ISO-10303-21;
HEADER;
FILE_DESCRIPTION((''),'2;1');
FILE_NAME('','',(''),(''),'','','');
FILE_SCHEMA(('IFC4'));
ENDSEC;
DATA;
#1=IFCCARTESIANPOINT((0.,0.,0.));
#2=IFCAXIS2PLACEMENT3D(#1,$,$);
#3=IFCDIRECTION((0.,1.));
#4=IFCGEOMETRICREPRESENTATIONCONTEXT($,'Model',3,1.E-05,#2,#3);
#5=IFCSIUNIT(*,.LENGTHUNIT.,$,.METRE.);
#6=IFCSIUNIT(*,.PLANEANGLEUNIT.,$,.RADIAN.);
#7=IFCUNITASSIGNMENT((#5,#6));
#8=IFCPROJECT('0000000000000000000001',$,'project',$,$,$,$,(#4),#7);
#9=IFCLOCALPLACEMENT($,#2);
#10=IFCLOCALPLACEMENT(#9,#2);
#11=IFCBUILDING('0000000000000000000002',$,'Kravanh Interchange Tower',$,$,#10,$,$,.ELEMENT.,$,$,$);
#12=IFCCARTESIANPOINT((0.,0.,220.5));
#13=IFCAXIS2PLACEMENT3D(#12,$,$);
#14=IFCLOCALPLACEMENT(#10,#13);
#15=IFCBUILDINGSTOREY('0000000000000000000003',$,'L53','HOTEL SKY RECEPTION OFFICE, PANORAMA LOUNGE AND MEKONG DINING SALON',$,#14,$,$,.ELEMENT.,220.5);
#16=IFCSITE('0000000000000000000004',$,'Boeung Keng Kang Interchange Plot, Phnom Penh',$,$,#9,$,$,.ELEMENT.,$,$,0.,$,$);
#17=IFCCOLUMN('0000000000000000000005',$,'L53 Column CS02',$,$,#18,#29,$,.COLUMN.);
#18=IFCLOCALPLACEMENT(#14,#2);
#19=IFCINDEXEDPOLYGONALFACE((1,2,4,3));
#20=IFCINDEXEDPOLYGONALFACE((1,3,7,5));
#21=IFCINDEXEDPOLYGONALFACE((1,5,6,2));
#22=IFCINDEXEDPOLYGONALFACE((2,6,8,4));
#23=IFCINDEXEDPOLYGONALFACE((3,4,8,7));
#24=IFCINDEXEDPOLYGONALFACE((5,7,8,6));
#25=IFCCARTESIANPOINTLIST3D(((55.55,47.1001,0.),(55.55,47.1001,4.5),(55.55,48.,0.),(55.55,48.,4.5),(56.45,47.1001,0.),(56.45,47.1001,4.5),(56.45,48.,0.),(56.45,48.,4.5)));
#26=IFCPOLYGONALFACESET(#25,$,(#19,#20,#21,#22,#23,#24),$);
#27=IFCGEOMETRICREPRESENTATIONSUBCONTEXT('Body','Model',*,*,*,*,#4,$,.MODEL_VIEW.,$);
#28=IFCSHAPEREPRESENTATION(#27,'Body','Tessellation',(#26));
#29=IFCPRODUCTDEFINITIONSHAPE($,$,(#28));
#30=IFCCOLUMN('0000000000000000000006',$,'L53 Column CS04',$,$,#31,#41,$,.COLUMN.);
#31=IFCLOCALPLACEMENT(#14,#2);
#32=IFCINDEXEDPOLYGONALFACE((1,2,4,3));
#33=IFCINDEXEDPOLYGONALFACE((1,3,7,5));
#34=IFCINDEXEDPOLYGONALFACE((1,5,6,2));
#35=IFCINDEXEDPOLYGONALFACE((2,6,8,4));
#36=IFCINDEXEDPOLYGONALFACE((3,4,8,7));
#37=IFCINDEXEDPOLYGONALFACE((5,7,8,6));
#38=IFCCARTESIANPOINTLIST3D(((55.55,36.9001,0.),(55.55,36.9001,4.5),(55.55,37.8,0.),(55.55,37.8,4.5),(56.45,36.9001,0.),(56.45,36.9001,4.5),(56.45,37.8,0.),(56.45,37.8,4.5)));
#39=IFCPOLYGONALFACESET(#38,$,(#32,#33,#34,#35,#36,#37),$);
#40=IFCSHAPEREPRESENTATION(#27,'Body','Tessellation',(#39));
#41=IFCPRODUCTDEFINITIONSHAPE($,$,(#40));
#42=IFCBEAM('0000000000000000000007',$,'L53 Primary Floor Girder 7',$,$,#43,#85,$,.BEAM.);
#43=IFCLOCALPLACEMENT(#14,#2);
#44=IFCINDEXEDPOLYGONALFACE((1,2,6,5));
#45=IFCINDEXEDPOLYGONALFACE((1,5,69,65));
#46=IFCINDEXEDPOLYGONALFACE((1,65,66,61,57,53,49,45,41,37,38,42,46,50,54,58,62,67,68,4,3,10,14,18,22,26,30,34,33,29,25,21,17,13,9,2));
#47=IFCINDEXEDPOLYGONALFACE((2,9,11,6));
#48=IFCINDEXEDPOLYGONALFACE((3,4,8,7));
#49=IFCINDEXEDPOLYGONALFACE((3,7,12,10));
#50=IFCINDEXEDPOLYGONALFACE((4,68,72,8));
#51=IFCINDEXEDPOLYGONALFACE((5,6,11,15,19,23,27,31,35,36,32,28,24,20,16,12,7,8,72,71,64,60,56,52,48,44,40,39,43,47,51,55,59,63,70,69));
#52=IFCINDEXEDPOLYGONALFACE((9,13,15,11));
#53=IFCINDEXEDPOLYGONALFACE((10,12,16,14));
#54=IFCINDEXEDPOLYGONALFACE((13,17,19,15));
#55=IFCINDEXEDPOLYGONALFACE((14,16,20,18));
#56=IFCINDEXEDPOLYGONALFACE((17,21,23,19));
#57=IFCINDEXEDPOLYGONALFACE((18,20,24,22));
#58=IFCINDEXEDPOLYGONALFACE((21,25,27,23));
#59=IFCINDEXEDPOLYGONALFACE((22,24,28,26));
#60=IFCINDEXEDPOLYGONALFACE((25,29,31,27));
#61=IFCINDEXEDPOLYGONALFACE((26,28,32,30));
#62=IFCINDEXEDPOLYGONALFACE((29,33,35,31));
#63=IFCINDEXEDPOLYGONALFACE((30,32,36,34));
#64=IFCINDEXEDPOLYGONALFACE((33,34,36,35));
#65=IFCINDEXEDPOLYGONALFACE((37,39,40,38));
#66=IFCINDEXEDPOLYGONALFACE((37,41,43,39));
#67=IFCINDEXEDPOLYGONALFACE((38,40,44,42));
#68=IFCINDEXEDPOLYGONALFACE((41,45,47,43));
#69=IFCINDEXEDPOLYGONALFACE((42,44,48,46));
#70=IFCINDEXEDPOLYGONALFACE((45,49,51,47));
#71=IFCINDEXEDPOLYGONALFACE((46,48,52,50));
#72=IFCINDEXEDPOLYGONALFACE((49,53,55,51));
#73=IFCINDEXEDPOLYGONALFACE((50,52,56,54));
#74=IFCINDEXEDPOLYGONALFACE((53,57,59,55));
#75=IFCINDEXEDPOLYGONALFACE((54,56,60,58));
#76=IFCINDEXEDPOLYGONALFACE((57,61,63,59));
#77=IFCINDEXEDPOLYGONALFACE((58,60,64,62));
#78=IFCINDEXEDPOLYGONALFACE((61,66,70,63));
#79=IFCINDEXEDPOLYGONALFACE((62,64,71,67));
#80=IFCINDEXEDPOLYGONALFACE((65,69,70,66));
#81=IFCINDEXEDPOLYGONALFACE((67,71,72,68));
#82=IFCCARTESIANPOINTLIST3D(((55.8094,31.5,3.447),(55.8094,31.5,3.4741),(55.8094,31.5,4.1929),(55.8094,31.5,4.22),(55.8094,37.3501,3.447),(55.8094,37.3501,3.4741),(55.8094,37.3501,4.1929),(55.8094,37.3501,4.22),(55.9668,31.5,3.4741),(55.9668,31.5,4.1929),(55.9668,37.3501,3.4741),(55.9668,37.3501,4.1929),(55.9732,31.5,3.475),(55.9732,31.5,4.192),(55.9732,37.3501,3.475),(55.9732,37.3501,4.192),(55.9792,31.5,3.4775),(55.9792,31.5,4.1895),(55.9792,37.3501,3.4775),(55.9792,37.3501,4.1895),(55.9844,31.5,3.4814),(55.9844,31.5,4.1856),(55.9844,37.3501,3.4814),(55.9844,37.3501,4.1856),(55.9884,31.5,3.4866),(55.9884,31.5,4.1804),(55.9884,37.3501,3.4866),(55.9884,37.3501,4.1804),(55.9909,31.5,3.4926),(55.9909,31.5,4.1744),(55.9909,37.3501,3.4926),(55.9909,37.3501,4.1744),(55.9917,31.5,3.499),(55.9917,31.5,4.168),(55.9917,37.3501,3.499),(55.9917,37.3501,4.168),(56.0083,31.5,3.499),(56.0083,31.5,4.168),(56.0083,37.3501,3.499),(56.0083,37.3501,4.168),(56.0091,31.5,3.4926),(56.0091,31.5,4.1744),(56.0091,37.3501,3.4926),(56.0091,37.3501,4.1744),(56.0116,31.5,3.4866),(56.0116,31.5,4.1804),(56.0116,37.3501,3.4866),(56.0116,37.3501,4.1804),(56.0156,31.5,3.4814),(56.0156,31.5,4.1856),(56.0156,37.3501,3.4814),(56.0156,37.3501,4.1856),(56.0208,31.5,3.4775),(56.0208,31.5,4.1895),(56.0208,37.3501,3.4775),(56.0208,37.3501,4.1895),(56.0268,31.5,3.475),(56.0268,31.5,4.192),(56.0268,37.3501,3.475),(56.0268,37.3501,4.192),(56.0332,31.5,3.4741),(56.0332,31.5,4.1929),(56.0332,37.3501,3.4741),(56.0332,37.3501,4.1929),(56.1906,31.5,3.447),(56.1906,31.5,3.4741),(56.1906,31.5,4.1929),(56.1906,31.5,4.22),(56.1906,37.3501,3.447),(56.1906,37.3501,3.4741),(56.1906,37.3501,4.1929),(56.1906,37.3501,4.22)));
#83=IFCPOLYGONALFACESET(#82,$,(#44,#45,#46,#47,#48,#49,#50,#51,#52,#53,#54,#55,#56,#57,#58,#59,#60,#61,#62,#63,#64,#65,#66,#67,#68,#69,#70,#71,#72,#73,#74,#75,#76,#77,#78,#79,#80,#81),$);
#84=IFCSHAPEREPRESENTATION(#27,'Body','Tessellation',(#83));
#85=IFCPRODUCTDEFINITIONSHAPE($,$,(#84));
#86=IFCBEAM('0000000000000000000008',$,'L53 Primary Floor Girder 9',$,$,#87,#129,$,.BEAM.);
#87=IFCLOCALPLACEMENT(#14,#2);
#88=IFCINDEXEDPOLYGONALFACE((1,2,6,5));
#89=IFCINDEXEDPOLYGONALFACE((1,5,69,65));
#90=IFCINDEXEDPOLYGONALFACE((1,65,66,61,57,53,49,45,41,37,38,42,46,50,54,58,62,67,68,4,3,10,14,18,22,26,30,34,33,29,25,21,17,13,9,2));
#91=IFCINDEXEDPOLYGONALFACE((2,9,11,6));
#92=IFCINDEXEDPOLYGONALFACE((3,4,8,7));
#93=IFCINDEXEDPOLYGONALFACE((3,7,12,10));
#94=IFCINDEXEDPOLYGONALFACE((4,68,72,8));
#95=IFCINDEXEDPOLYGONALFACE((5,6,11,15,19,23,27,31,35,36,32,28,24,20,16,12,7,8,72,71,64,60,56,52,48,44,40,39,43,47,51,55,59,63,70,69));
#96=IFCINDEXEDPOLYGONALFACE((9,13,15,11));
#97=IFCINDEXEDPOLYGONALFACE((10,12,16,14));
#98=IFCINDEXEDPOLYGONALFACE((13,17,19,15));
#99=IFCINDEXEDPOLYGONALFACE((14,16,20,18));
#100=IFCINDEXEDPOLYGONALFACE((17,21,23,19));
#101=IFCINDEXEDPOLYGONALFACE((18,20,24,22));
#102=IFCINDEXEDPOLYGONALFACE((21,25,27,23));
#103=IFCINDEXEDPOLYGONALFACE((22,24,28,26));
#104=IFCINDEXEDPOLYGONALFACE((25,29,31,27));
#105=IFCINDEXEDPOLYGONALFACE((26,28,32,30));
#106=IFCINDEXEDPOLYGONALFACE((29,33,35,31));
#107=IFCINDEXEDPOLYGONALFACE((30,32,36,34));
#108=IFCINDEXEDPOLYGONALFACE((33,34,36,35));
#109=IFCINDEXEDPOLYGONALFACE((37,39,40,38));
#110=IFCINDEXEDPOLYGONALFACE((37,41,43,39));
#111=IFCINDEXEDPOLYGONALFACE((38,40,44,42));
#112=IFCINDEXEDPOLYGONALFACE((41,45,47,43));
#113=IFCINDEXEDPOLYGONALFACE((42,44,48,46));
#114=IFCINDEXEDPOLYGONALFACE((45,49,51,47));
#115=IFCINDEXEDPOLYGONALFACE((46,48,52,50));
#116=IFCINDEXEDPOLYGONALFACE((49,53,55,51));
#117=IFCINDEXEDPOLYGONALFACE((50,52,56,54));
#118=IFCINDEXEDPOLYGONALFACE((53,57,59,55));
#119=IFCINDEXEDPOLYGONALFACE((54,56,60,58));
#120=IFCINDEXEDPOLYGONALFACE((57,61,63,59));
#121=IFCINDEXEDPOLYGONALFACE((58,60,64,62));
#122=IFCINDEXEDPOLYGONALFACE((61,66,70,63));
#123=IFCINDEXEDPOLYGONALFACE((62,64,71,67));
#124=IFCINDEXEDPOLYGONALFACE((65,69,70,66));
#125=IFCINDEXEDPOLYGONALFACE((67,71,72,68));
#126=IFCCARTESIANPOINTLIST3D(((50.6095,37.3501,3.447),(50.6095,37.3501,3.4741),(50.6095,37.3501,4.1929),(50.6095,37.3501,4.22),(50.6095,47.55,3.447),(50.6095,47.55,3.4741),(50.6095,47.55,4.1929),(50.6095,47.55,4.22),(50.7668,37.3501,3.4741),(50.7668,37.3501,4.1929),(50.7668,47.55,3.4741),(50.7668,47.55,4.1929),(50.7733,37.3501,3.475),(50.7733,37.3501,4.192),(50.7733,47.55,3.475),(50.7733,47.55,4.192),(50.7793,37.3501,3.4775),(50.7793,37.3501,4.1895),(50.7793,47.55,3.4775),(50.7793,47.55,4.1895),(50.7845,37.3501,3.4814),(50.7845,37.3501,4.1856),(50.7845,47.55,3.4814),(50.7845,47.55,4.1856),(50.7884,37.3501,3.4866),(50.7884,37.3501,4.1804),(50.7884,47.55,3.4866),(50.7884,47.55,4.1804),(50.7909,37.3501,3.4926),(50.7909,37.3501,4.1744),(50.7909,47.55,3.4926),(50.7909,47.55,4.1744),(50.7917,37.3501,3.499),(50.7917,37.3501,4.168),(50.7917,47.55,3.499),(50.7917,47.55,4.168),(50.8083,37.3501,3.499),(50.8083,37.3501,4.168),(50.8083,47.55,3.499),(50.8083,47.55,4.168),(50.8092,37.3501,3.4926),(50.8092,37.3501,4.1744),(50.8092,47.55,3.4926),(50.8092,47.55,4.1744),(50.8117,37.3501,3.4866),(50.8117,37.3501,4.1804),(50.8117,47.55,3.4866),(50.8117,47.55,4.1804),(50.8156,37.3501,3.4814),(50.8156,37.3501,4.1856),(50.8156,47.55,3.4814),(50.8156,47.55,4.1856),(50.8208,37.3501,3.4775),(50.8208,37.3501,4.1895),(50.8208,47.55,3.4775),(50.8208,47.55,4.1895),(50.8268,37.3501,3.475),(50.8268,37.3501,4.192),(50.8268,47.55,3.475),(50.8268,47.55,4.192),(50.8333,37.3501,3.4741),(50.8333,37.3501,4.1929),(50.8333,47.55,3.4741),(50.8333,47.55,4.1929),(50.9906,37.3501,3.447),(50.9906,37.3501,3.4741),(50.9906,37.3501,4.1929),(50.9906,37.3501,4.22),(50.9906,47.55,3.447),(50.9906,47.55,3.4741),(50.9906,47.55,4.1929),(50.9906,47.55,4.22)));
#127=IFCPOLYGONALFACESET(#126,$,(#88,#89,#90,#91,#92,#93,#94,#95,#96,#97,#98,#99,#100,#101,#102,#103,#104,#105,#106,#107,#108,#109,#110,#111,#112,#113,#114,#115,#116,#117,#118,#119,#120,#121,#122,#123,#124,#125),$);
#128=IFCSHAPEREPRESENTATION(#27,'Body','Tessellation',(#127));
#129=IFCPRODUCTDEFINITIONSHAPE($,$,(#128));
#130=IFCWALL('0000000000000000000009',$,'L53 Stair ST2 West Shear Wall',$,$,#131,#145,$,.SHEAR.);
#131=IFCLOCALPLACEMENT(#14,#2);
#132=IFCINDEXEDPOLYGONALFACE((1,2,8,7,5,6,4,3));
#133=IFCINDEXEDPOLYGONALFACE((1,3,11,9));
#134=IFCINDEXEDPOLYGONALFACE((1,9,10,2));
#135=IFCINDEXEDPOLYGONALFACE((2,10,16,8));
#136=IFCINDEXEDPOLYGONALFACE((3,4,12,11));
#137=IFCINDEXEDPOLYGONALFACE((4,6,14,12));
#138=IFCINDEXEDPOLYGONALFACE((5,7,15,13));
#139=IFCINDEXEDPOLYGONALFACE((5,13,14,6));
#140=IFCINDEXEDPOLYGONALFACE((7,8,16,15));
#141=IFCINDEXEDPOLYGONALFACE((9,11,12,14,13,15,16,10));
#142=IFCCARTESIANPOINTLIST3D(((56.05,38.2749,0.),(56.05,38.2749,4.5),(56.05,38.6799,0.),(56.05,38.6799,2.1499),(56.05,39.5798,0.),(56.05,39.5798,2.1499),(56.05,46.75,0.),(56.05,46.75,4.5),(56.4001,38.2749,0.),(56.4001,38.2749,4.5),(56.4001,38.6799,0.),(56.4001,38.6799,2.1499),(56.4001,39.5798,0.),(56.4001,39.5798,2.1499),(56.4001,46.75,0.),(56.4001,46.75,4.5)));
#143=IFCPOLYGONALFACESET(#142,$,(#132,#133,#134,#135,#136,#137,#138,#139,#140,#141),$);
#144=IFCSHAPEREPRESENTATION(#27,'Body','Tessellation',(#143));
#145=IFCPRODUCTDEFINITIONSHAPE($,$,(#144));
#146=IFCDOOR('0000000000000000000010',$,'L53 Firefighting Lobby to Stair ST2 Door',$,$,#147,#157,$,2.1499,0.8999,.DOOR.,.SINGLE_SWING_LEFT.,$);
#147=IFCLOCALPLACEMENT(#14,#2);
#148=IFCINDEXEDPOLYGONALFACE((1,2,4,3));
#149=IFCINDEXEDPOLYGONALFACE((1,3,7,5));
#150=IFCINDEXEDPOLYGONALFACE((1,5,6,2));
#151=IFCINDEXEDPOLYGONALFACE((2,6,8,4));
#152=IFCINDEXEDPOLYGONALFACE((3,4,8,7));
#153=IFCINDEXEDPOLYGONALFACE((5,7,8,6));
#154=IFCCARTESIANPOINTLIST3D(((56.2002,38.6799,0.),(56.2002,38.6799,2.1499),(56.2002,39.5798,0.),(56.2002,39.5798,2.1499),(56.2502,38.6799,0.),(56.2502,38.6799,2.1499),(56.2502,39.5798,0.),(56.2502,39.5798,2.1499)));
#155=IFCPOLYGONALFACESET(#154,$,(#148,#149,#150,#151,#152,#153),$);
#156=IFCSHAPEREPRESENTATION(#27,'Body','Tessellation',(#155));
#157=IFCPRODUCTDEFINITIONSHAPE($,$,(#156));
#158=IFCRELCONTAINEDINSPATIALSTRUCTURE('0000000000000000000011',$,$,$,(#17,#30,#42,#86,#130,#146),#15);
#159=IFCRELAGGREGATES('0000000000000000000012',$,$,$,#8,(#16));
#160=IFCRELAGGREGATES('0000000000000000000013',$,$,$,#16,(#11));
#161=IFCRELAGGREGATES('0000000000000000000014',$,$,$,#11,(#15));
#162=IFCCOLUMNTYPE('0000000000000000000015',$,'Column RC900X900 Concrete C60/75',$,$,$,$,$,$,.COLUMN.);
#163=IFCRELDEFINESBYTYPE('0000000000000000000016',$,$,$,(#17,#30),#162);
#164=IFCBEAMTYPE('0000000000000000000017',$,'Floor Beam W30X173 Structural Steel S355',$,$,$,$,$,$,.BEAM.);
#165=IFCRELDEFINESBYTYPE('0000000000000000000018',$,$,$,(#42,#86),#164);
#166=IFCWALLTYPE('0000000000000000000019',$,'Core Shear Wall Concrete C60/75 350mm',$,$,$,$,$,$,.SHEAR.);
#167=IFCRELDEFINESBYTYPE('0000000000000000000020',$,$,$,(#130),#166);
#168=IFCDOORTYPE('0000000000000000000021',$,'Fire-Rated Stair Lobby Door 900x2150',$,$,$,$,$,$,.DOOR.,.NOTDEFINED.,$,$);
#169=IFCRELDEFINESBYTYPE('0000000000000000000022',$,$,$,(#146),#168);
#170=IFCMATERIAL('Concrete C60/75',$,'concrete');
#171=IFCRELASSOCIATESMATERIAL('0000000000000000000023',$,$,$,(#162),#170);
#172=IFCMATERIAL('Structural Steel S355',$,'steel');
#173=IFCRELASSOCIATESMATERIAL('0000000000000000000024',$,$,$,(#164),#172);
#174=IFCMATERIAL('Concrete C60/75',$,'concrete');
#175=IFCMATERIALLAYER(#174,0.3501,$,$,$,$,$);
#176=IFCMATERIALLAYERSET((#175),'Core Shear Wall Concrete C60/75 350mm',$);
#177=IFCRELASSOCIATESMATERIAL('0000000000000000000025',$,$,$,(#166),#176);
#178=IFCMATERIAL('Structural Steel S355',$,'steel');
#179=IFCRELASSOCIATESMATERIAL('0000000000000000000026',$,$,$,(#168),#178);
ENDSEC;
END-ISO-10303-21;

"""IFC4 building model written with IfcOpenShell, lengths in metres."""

from ifc_helpers import new_model, si_unit, direction, frame, frame_2d, origin, origin_2d, place, context, subcontext, project, spatial, rectangle, i_section, extrude, material, layer, layer_set, material_profile, profile_set, type_object, element, fill, save


model = new_model("IFC4")

# Units and contexts
model_context = context("Model", 3, precision=1e-05, world=origin(), true_north=direction((0.0, 1.0)))
body_context = subcontext(model_context, "Body", "Model", "MODEL_VIEW")
ifc_project = project(units=[si_unit("LENGTHUNIT", "METRE"), si_unit("PLANEANGLEUNIT", "RADIAN")], contexts=[model_context])

# Site, building, storey
site_placement = place(None, origin())
site = spatial("IfcSite", under=ifc_project, at=site_placement, Name="Boeung Keng Kang Interchange Plot, Phnom Penh", CompositionType="ELEMENT", RefElevation=0.0)
building_placement = place(site_placement, origin())
building = spatial("IfcBuilding", under=site, at=building_placement, Name="Kravanh Interchange Tower", CompositionType="ELEMENT")
storey_placement = place(building_placement, frame((0.0, 0.0, 220.5)))
storey = spatial("IfcBuildingStorey", under=building, at=storey_placement, Name="L53", Description="HOTEL SKY RECEPTION OFFICE, PANORAMA LOUNGE AND MEKONG DINING SALON", CompositionType="ELEMENT", Elevation=220.5)

# Columns
ifc_material_1 = material(Name="Concrete C60/75", Category="concrete")
ifc_material_profile_1 = material_profile(ifc_material_1, rectangle(XDim=0.8999, YDim=0.8999, at=origin_2d()), Name="RC900X900")
ifc_profile_set_1 = profile_set([ifc_material_profile_1], Name="Concrete C60/75")
column_type = type_object("IfcColumnType", Name="Column RC900X900 Concrete C60/75", PredefinedType="COLUMN", material=ifc_profile_set_1)
for number, where, z_axis, x_axis, name in (
    (1, (56.0, 47.55, 0.0), (0.0, 0.0, 1.0), (1.0, 0.0, 0.0), "L53 Column CS02"),
    (2, (56.0, 37.3501, 0.0), (0.0, 0.0, 1.0), (1.0, 0.0, 0.0), "L53 Column CS04"),
):
    element("IfcColumn", number, at=place(storey_placement, frame(where, z_axis=z_axis, x_axis=x_axis)), inside=storey, type_object=column_type, Name=name, PredefinedType="COLUMN", context=body_context, shape_type="SweptSolid", body=[
        extrude(rectangle(XDim=0.8999, YDim=0.8999, at=origin_2d()), origin(), (0.0, 0.0, 1.0), 4.5),
    ])

# Beams
ifc_material_2 = material(Name="Structural Steel S355", Category="steel")
ifc_material_profile_2 = material_profile(ifc_material_2, i_section(OverallWidth=0.3811, OverallDepth=0.7729, WebThickness=0.0166, FlangeThickness=0.0271, FilletRadius=0.0249, at=origin_2d()), Name="W30X173")
ifc_profile_set_2 = profile_set([ifc_material_profile_2], Name="Structural Steel S355")
beam_type = type_object("IfcBeamType", Name="Floor Beam W30X173 Structural Steel S355", PredefinedType="BEAM", material=ifc_profile_set_2)
beam_1_placement = place(storey_placement, frame((56.0, 37.3501, 3.8335), z_axis=(0.0, -1.0, 0.0), x_axis=(1.0, 0.0, 0.0)))
element("IfcBeam", 3, at=beam_1_placement, inside=storey, type_object=beam_type, Name="L53 Primary Floor Girder 7", PredefinedType="BEAM", context=body_context, shape_type="SweptSolid", body=[
    extrude(i_section(OverallWidth=0.3811, OverallDepth=0.7729, WebThickness=0.0166, FlangeThickness=0.0271, FilletRadius=0.0249, at=origin_2d()), origin(), (0.0, 0.0, 1.0), 5.8501),
])
beam_2_placement = place(storey_placement, frame((50.8, 47.55, 3.8335), z_axis=(0.0, -1.0, 0.0), x_axis=(1.0, 0.0, 0.0)))
element("IfcBeam", 4, at=beam_2_placement, inside=storey, type_object=beam_type, Name="L53 Primary Floor Girder 9", PredefinedType="BEAM", context=body_context, shape_type="SweptSolid", body=[
    extrude(i_section(OverallWidth=0.3811, OverallDepth=0.7729, WebThickness=0.0166, FlangeThickness=0.0271, FilletRadius=0.0249, at=origin_2d()), origin(), (0.0, 0.0, 1.0), 10.2),
])

# Wall, opening, door
ifc_material_3 = material(Name="Concrete C60/75", Category="concrete")
ifc_layer_1 = layer(ifc_material_3, 0.3501)
ifc_layer_set_1 = layer_set([ifc_layer_1], Name="Core Shear Wall Concrete C60/75 350mm")
wall_type_1 = type_object("IfcWallType", Name="Core Shear Wall Concrete C60/75 350mm", PredefinedType="SHEAR", material=ifc_layer_set_1)
wall_1_placement = place(storey_placement, frame((56.2251, 38.2749, 0.0), z_axis=(0.0, 0.0, 1.0), x_axis=(0.0, 1.0, 0.0)))
wall_1 = element("IfcWall", 5, at=wall_1_placement, inside=storey, type_object=wall_type_1, Name="L53 Stair ST2 West Shear Wall", PredefinedType="SHEAR", context=body_context, shape_type="SweptSolid", body=[
    extrude(rectangle(XDim=8.4751, YDim=0.3501, at=frame_2d((4.2375, 0.0))), origin(), (0.0, 0.0, 1.0), 4.5),
])
opening_1_placement = place(wall_1_placement, frame((0.405, 0.0, 0.0)))
opening_1 = element("IfcOpeningElement", 6, at=opening_1_placement, cuts=wall_1, PredefinedType="OPENING", context=body_context, shape_type="SweptSolid", body=[
    extrude(rectangle(XDim=0.8999, YDim=2.1499, at=frame_2d((0.45, 1.075))), frame((0.0, 0.1851, 0.0), z_axis=(0.0, -1.0, 0.0), x_axis=(1.0, 0.0, 0.0)), (0.0, 0.0, 1.0), 0.3701),
])
ifc_material_4 = material(Name="Structural Steel S355", Category="steel")
door_type_1 = type_object("IfcDoorType", Name="Fire-Rated Stair Lobby Door 900x2150", OperationType="NOTDEFINED", PredefinedType="DOOR", material=ifc_material_4)
door_1_placement = place(opening_1_placement, origin())
door_1 = element("IfcDoor", 7, at=door_1_placement, inside=storey, type_object=door_type_1, Name="L53 Firefighting Lobby to Stair ST2 Door", OperationType="SINGLE_SWING_LEFT", OverallHeight=2.1499, OverallWidth=0.8999, PredefinedType="DOOR", context=body_context, shape_type="SweptSolid", body=[
    extrude(rectangle(XDim=0.8999, YDim=2.1499, at=frame_2d((0.45, 1.075))), frame((0.0, 0.0249, 0.0), z_axis=(0.0, -1.0, 0.0), x_axis=(1.0, 0.0, 0.0)), (0.0, 0.0, 1.0), 0.05),
])
fill(opening_1, door_1)

save(model, "model.ifc")
